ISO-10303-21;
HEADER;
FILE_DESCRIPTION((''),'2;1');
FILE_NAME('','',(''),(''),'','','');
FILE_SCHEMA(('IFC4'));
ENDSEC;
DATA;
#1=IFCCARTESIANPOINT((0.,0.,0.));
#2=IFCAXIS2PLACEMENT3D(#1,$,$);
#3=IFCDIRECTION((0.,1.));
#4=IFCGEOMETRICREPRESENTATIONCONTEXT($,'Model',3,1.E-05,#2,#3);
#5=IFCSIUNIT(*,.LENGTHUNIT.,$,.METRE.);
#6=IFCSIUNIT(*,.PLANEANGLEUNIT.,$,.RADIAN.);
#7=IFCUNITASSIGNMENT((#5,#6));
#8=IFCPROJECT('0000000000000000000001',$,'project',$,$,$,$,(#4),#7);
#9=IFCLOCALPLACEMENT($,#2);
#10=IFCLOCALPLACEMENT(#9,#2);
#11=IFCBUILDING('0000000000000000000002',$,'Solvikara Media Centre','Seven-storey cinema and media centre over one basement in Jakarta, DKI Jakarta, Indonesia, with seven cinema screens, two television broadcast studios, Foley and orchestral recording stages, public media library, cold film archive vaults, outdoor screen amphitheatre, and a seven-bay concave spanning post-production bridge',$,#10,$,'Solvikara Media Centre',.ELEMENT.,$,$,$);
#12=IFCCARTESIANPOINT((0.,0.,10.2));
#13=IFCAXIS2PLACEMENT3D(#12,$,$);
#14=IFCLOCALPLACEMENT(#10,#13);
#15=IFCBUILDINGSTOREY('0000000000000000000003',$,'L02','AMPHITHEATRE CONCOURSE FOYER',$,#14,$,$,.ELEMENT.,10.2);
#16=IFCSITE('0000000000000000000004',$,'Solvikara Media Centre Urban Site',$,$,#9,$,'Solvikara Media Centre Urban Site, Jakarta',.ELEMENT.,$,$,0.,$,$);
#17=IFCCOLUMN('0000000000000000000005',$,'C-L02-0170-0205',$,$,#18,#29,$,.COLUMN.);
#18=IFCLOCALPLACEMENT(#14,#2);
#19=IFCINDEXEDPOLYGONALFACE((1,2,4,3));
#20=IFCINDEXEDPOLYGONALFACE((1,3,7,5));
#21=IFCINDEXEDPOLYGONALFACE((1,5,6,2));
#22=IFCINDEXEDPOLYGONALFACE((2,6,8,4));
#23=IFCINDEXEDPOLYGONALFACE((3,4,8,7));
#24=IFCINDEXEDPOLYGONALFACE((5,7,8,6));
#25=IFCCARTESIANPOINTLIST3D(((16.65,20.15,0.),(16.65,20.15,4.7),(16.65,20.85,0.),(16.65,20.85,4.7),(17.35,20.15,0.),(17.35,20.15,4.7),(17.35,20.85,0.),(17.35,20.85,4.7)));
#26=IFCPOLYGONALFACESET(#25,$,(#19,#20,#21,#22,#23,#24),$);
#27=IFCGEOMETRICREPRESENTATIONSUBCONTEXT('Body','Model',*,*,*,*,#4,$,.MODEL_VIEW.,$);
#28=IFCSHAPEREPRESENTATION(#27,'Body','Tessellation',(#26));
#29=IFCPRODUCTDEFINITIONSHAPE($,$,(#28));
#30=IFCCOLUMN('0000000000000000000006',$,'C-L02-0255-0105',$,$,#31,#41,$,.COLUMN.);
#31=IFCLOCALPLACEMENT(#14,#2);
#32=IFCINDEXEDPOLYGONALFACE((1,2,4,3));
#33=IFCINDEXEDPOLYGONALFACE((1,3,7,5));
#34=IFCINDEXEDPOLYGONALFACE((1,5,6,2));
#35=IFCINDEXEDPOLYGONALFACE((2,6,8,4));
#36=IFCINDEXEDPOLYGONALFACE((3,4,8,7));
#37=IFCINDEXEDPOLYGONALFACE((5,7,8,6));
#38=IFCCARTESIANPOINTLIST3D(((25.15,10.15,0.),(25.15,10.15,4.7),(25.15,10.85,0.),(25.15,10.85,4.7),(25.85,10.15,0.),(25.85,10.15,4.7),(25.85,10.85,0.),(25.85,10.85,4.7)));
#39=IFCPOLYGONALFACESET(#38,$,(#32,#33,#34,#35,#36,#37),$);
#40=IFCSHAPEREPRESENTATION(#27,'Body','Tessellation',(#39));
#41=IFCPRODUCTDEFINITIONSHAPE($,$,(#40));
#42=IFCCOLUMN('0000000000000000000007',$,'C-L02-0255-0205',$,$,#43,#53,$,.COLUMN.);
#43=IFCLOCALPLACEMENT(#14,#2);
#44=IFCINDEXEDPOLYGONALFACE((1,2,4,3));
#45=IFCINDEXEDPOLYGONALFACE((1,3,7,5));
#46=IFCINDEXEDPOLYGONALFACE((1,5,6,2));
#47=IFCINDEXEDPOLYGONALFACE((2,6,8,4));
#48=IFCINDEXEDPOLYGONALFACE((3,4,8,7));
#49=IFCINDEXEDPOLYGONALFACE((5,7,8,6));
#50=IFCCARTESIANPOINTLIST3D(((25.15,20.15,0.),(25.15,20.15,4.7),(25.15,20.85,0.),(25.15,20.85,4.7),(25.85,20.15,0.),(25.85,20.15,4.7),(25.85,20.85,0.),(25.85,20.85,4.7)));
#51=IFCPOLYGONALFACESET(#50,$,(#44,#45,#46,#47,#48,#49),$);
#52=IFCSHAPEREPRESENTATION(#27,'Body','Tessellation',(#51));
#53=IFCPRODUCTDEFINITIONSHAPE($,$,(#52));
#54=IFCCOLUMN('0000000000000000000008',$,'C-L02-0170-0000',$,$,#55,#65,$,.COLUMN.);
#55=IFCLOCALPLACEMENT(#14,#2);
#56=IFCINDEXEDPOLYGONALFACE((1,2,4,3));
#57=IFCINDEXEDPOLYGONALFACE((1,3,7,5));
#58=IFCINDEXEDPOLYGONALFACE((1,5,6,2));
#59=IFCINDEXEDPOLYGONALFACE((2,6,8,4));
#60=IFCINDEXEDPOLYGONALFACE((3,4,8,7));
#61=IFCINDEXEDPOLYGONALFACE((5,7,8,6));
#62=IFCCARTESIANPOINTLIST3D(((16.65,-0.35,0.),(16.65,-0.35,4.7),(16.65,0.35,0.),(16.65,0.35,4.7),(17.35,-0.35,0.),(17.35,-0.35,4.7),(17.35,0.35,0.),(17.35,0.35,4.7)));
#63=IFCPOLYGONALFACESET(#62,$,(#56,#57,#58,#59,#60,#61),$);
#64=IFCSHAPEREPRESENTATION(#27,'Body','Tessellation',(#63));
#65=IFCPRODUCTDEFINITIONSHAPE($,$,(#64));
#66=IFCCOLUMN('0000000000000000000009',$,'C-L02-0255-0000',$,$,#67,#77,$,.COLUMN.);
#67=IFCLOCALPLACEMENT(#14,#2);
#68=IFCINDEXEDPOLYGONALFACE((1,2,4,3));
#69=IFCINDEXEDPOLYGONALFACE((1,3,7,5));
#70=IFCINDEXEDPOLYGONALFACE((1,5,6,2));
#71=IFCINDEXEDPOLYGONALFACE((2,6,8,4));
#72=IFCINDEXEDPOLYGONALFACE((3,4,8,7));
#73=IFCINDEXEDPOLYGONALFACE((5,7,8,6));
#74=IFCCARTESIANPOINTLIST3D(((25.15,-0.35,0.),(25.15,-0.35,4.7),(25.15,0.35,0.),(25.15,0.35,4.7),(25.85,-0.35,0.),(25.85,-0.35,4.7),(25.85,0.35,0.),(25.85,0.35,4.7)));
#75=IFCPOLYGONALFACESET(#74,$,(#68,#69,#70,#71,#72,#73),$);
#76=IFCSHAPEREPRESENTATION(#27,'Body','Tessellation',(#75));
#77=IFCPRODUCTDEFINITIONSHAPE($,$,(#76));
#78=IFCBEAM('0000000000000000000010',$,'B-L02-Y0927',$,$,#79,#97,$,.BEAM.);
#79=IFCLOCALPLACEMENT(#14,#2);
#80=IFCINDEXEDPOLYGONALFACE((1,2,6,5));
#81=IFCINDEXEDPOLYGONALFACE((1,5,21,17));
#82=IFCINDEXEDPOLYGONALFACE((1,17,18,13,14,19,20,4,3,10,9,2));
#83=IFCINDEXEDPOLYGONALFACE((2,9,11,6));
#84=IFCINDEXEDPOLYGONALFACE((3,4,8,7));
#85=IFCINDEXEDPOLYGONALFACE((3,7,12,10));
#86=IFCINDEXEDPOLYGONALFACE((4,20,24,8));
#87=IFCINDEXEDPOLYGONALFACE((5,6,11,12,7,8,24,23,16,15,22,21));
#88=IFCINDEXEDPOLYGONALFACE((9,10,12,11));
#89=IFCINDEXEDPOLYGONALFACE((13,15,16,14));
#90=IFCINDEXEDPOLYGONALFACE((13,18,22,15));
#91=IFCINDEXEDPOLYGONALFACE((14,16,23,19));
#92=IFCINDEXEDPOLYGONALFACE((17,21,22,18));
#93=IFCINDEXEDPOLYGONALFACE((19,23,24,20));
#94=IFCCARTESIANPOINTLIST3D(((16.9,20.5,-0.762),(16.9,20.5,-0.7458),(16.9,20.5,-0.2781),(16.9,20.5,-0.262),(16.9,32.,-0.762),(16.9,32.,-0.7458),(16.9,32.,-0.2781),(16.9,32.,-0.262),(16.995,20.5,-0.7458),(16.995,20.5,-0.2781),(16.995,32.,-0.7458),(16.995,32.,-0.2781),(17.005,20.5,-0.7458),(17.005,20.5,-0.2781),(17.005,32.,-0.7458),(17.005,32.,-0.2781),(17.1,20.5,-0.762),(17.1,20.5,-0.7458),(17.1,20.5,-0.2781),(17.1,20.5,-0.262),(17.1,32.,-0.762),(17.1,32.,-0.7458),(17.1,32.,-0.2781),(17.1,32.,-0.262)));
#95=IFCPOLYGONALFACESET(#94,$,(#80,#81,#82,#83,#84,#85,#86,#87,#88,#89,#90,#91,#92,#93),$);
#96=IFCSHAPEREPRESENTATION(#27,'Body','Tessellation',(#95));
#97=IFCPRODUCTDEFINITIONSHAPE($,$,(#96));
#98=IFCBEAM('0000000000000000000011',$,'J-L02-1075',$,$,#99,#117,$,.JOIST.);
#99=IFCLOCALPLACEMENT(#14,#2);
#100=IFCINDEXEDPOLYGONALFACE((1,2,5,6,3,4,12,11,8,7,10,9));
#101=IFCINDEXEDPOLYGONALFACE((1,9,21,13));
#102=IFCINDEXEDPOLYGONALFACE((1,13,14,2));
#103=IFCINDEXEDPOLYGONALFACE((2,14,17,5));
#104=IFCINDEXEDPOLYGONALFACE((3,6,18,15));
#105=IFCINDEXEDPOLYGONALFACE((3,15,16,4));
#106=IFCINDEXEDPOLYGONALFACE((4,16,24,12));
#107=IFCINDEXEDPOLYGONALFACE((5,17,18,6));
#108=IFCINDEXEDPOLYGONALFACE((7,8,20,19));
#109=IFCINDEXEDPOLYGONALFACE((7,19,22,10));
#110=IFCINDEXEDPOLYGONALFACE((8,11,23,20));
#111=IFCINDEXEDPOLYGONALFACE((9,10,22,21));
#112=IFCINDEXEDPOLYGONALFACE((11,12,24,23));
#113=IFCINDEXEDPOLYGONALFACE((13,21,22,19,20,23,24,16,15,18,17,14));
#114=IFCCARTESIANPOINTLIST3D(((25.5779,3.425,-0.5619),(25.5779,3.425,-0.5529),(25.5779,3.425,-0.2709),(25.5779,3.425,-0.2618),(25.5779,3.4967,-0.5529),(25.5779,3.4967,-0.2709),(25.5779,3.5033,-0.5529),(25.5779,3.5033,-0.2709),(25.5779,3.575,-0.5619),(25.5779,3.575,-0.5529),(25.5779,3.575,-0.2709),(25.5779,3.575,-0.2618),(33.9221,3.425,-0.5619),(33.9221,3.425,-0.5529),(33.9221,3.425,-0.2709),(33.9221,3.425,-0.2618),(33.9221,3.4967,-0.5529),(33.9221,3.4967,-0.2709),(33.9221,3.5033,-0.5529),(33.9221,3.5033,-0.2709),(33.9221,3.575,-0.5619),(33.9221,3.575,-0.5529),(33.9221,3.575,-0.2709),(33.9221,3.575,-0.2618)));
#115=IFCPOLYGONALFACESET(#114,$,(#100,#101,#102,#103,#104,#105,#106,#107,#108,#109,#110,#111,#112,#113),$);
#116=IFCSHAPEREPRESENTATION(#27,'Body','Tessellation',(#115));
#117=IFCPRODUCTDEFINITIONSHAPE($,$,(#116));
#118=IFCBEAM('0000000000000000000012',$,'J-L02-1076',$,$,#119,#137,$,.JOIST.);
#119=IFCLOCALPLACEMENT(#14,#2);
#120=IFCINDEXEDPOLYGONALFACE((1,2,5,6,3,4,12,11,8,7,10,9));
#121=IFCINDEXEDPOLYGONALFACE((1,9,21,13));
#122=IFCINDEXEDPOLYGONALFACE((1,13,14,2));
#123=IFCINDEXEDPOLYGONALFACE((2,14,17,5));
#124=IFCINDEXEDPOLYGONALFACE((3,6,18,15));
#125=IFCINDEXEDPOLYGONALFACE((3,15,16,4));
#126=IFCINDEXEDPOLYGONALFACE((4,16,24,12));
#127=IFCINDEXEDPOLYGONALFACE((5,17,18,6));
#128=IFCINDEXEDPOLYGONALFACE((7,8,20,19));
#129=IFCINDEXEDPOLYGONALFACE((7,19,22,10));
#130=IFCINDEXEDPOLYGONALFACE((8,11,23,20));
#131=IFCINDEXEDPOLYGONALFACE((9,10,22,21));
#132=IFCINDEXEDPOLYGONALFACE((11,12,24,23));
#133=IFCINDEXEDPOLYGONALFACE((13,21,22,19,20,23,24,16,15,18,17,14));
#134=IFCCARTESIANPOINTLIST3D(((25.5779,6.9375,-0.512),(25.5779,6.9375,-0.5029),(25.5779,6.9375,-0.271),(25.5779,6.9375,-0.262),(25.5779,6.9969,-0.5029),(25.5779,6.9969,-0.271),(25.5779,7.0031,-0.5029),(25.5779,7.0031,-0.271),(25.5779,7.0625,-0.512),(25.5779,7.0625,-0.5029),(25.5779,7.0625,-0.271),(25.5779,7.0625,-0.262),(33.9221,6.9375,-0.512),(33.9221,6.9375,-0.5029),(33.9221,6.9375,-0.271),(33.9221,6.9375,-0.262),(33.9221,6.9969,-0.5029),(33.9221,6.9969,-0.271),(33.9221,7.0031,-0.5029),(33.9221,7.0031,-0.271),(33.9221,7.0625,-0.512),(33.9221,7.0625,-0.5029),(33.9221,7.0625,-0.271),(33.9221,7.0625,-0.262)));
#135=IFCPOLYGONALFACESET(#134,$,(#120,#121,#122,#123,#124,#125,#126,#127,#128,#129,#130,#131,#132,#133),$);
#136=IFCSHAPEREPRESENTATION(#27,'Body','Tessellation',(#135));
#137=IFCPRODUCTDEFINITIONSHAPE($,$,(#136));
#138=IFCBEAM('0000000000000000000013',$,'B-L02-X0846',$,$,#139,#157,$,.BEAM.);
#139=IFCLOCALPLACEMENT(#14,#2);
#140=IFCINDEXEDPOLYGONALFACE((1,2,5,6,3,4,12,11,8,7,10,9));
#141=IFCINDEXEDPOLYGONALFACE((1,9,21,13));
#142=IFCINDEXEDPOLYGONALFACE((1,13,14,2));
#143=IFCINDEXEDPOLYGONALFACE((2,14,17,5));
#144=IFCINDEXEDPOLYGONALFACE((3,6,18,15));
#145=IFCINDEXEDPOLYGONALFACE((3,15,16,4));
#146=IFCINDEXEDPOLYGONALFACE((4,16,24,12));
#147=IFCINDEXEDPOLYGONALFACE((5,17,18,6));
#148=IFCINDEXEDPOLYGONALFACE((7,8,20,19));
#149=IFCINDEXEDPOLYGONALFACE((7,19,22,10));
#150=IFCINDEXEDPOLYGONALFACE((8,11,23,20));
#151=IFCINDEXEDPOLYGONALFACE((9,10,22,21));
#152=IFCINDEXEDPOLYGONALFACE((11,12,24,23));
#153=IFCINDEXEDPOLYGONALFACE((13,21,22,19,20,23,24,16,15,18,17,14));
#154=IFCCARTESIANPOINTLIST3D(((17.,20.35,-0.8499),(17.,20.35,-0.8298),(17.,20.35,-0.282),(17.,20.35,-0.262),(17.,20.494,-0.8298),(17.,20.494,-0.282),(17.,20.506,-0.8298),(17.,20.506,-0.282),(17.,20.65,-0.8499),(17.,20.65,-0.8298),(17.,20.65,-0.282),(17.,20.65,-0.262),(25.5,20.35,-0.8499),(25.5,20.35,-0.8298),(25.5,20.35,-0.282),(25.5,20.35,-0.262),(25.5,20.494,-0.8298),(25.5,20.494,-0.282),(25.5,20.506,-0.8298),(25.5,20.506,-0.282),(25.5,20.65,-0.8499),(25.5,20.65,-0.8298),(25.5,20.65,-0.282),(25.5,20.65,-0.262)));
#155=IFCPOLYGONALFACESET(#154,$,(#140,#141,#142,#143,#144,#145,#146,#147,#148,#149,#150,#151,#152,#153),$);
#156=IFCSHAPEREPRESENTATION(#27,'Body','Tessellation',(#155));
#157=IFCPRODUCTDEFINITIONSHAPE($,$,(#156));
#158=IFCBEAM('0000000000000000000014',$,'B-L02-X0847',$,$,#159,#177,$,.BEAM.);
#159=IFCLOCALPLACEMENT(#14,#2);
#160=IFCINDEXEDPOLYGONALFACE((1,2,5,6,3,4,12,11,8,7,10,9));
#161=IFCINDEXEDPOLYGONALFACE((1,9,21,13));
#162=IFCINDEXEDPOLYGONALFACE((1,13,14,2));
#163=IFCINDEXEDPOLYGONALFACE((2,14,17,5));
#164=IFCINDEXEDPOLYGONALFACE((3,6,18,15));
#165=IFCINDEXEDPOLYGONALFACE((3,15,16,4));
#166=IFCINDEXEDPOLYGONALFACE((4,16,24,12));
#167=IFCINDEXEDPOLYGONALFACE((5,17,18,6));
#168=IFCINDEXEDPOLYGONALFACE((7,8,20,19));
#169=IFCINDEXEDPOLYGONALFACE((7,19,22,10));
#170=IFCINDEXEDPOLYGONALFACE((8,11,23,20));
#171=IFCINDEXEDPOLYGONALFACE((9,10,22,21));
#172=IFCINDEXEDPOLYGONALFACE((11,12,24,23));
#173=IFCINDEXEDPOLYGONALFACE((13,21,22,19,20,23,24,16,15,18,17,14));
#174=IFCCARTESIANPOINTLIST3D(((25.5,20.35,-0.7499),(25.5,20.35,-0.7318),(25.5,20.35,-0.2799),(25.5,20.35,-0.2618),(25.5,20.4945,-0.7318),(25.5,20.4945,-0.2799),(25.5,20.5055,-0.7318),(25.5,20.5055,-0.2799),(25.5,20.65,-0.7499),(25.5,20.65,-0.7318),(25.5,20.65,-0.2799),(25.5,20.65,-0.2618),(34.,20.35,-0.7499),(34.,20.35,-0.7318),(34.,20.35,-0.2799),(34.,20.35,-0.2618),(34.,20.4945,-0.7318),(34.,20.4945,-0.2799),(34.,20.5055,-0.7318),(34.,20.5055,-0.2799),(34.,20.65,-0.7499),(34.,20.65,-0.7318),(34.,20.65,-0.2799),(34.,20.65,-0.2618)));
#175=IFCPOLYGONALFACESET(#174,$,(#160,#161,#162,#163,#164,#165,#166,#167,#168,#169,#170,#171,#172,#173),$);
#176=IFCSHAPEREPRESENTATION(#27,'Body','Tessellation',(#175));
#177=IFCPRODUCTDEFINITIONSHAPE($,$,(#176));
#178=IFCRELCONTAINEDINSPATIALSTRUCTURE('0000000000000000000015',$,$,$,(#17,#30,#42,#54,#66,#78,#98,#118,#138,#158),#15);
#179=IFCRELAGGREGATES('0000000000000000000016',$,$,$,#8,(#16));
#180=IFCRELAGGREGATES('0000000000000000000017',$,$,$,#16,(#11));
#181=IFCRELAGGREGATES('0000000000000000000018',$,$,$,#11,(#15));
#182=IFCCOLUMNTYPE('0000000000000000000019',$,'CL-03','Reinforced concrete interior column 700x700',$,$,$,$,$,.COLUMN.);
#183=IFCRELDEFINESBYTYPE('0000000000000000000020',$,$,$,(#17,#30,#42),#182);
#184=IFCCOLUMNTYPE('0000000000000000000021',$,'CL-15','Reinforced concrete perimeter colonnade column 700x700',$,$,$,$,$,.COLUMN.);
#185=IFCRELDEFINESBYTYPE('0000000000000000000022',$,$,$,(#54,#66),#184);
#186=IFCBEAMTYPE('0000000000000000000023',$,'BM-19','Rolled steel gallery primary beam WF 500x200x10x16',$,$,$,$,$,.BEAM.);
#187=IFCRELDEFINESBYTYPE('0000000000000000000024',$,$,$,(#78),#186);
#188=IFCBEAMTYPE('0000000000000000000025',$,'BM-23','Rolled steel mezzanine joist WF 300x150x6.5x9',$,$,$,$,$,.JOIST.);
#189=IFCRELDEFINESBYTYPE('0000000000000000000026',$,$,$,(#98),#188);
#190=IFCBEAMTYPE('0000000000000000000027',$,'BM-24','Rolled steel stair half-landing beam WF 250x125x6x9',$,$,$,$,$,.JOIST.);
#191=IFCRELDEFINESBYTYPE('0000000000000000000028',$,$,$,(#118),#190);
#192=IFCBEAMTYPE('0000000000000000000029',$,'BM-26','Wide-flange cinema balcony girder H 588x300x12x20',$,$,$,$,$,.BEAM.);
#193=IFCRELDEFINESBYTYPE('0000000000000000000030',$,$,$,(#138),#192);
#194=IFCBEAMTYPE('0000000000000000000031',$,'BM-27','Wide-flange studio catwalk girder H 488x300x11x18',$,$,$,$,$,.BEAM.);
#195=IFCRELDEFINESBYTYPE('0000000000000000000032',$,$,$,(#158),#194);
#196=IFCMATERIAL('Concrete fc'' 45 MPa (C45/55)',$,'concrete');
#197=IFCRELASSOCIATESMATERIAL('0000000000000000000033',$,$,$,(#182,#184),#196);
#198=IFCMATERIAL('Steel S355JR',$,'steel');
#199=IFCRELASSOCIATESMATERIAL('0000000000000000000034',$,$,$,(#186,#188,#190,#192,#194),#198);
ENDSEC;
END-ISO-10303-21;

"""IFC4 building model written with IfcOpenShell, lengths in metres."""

from ifc_helpers import new_model, si_unit, direction, frame, origin, origin_2d, place, context, subcontext, project, spatial, rectangle, i_section, extrude, material, material_profile, profile_set, type_object, element, save


model = new_model("IFC4")

# Units and contexts
model_context = context("Model", 3, precision=1e-05, world=origin(), true_north=direction((0.0, 1.0)))
body_context = subcontext(model_context, "Body", "Model", "MODEL_VIEW")
ifc_project = project(units=[si_unit("LENGTHUNIT", "METRE"), si_unit("PLANEANGLEUNIT", "RADIAN")], contexts=[model_context])

# Site, building, storey
site_placement = place(None, origin())
site = spatial("IfcSite", under=ifc_project, at=site_placement, Name="Solvikara Media Centre Urban Site", LongName="Solvikara Media Centre Urban Site, Jakarta", CompositionType="ELEMENT", RefElevation=0.0)
building_placement = place(site_placement, origin())
building = spatial("IfcBuilding", under=site, at=building_placement, Name="Solvikara Media Centre", Description="Seven-storey cinema and media centre over one basement in Jakarta, DKI Jakarta, Indonesia, with seven cinema screens, two television broadcast studios, Foley and orchestral recording stages, public media library, cold film archive vaults, outdoor screen amphitheatre, and a seven-bay concave spanning post-production bridge", LongName="Solvikara Media Centre", CompositionType="ELEMENT")
storey_placement = place(building_placement, frame((0.0, 0.0, 10.2)))
storey = spatial("IfcBuildingStorey", under=building, at=storey_placement, Name="L02", Description="AMPHITHEATRE CONCOURSE FOYER", CompositionType="ELEMENT", Elevation=10.2)

# Columns
ifc_material_1 = material(Name="Concrete fc' 45 MPa (C45/55)", Category="concrete")
ifc_material_profile_1 = material_profile(ifc_material_1, rectangle(XDim=0.7, YDim=0.7, at=origin_2d()), Name="RC 700x700")
ifc_profile_set_1 = profile_set([ifc_material_profile_1], Name="Concrete fc' 45 MPa (C45/55)")
column_type_1 = type_object("IfcColumnType", Name="CL-03", Description="Reinforced concrete interior column 700x700", PredefinedType="COLUMN", material=ifc_profile_set_1)
for number, where, z_axis, x_axis, name in (
    (1, (17.0, 20.5, 0.0), (0.0, 0.0, 1.0), (1.0, 0.0, 0.0), "C-L02-0170-0205"),
    (2, (25.5, 10.5, 0.0), (0.0, 0.0, 1.0), (1.0, 0.0, 0.0), "C-L02-0255-0105"),
    (3, (25.5, 20.5, 0.0), (0.0, 0.0, 1.0), (1.0, 0.0, 0.0), "C-L02-0255-0205"),
):
    element("IfcColumn", number, at=place(storey_placement, frame(where, z_axis=z_axis, x_axis=x_axis)), inside=storey, type_object=column_type_1, Name=name, PredefinedType="COLUMN", context=body_context, shape_type="SweptSolid", body=[
        extrude(rectangle(XDim=0.7, YDim=0.7, at=origin_2d()), origin(), (0.0, 0.0, 1.0), 4.7),
    ])
ifc_material_profile_2 = material_profile(ifc_material_1, rectangle(XDim=0.7, YDim=0.7, at=origin_2d()), Name="RC 700x700")
ifc_profile_set_2 = profile_set([ifc_material_profile_2], Name="Concrete fc' 45 MPa (C45/55)")
column_type_2 = type_object("IfcColumnType", Name="CL-15", Description="Reinforced concrete perimeter colonnade column 700x700", PredefinedType="COLUMN", material=ifc_profile_set_2)
for number, where, z_axis, x_axis, name in (
    (4, (17.0, 0.0, 0.0), (0.0, 0.0, 1.0), (1.0, 0.0, 0.0), "C-L02-0170-0000"),
    (5, (25.5, 0.0, 0.0), (0.0, 0.0, 1.0), (1.0, 0.0, 0.0), "C-L02-0255-0000"),
):
    element("IfcColumn", number, at=place(storey_placement, frame(where, z_axis=z_axis, x_axis=x_axis)), inside=storey, type_object=column_type_2, Name=name, PredefinedType="COLUMN", context=body_context, shape_type="SweptSolid", body=[
        extrude(rectangle(XDim=0.7, YDim=0.7, at=origin_2d()), origin(), (0.0, 0.0, 1.0), 4.7),
    ])

# Beams
ifc_material_2 = material(Name="Steel S355JR", Category="steel")
ifc_material_profile_3 = material_profile(ifc_material_2, i_section(OverallWidth=0.2, OverallDepth=0.5, WebThickness=0.01, FlangeThickness=0.0161, at=origin_2d()), Name="WF 500x200x10x16")
ifc_profile_set_3 = profile_set([ifc_material_profile_3], Name="Steel S355JR")
beam_type_1 = type_object("IfcBeamType", Name="BM-19", Description="Rolled steel gallery primary beam WF 500x200x10x16", PredefinedType="BEAM", material=ifc_profile_set_3)
beam_1_placement = place(storey_placement, frame((17.0, 20.5, -0.512), z_axis=(0.0, 1.0, 0.0), x_axis=(-1.0, 0.0, 0.0)))
element("IfcBeam", 6, at=beam_1_placement, inside=storey, type_object=beam_type_1, Name="B-L02-Y0927", PredefinedType="BEAM", context=body_context, shape_type="SweptSolid", body=[
    extrude(i_section(OverallWidth=0.2, OverallDepth=0.5, WebThickness=0.01, FlangeThickness=0.0161, at=origin_2d()), origin(), (0.0, 0.0, 1.0), 11.5),
])
ifc_material_profile_4 = material_profile(ifc_material_2, i_section(OverallWidth=0.1499, OverallDepth=0.3, WebThickness=0.0066, FlangeThickness=0.009, at=origin_2d()), Name="WF 300x150x6.5x9")
ifc_profile_set_4 = profile_set([ifc_material_profile_4], Name="Steel S355JR")
beam_type_2 = type_object("IfcBeamType", Name="BM-23", Description="Rolled steel mezzanine joist WF 300x150x6.5x9", PredefinedType="JOIST", material=ifc_profile_set_4)
beam_2_placement = place(storey_placement, frame((25.5779, 3.5, -0.4119), z_axis=(1.0, 0.0, 0.0), x_axis=(0.0, 1.0, 0.0)))
element("IfcBeam", 7, at=beam_2_placement, inside=storey, type_object=beam_type_2, Name="J-L02-1075", PredefinedType="JOIST", context=body_context, shape_type="SweptSolid", body=[
    extrude(i_section(OverallWidth=0.1499, OverallDepth=0.3, WebThickness=0.0066, FlangeThickness=0.009, at=origin_2d()), origin(), (0.0, 0.0, 1.0), 8.3442),
])
ifc_material_profile_5 = material_profile(ifc_material_2, i_section(OverallWidth=0.125, OverallDepth=0.25, WebThickness=0.0061, FlangeThickness=0.009, at=origin_2d()), Name="WF 250x125x6x9")
ifc_profile_set_5 = profile_set([ifc_material_profile_5], Name="Steel S355JR")
beam_type_3 = type_object("IfcBeamType", Name="BM-24", Description="Rolled steel stair half-landing beam WF 250x125x6x9", PredefinedType="JOIST", material=ifc_profile_set_5)
beam_3_placement = place(storey_placement, frame((25.5779, 7.0, -0.387), z_axis=(1.0, 0.0, 0.0), x_axis=(0.0, 1.0, 0.0)))
element("IfcBeam", 8, at=beam_3_placement, inside=storey, type_object=beam_type_3, Name="J-L02-1076", PredefinedType="JOIST", context=body_context, shape_type="SweptSolid", body=[
    extrude(i_section(OverallWidth=0.125, OverallDepth=0.25, WebThickness=0.0061, FlangeThickness=0.009, at=origin_2d()), origin(), (0.0, 0.0, 1.0), 8.3442),
])
ifc_material_profile_6 = material_profile(ifc_material_2, i_section(OverallWidth=0.3, OverallDepth=0.5879, WebThickness=0.012, FlangeThickness=0.02, at=origin_2d()), Name="H 588x300x12x20")
ifc_profile_set_6 = profile_set([ifc_material_profile_6], Name="Steel S355JR")
beam_type_4 = type_object("IfcBeamType", Name="BM-26", Description="Wide-flange cinema balcony girder H 588x300x12x20", PredefinedType="BEAM", material=ifc_profile_set_6)
beam_4_placement = place(storey_placement, frame((17.0, 20.5, -0.5559), z_axis=(1.0, 0.0, 0.0), x_axis=(0.0, 1.0, 0.0)))
element("IfcBeam", 9, at=beam_4_placement, inside=storey, type_object=beam_type_4, Name="B-L02-X0846", PredefinedType="BEAM", context=body_context, shape_type="SweptSolid", body=[
    extrude(i_section(OverallWidth=0.3, OverallDepth=0.5879, WebThickness=0.012, FlangeThickness=0.02, at=origin_2d()), origin(), (0.0, 0.0, 1.0), 8.5),
])
ifc_material_profile_7 = material_profile(ifc_material_2, i_section(OverallWidth=0.3, OverallDepth=0.488, WebThickness=0.011, FlangeThickness=0.0181, at=origin_2d()), Name="H 488x300x11x18")
ifc_profile_set_7 = profile_set([ifc_material_profile_7], Name="Steel S355JR")
beam_type_5 = type_object("IfcBeamType", Name="BM-27", Description="Wide-flange studio catwalk girder H 488x300x11x18", PredefinedType="BEAM", material=ifc_profile_set_7)
beam_5_placement = place(storey_placement, frame((25.5, 20.5, -0.5059), z_axis=(1.0, 0.0, 0.0), x_axis=(0.0, 1.0, 0.0)))
element("IfcBeam", 10, at=beam_5_placement, inside=storey, type_object=beam_type_5, Name="B-L02-X0847", PredefinedType="BEAM", context=body_context, shape_type="SweptSolid", body=[
    extrude(i_section(OverallWidth=0.3, OverallDepth=0.488, WebThickness=0.011, FlangeThickness=0.0181, at=origin_2d()), origin(), (0.0, 0.0, 1.0), 8.5),
])

save(model, "model.ifc")
